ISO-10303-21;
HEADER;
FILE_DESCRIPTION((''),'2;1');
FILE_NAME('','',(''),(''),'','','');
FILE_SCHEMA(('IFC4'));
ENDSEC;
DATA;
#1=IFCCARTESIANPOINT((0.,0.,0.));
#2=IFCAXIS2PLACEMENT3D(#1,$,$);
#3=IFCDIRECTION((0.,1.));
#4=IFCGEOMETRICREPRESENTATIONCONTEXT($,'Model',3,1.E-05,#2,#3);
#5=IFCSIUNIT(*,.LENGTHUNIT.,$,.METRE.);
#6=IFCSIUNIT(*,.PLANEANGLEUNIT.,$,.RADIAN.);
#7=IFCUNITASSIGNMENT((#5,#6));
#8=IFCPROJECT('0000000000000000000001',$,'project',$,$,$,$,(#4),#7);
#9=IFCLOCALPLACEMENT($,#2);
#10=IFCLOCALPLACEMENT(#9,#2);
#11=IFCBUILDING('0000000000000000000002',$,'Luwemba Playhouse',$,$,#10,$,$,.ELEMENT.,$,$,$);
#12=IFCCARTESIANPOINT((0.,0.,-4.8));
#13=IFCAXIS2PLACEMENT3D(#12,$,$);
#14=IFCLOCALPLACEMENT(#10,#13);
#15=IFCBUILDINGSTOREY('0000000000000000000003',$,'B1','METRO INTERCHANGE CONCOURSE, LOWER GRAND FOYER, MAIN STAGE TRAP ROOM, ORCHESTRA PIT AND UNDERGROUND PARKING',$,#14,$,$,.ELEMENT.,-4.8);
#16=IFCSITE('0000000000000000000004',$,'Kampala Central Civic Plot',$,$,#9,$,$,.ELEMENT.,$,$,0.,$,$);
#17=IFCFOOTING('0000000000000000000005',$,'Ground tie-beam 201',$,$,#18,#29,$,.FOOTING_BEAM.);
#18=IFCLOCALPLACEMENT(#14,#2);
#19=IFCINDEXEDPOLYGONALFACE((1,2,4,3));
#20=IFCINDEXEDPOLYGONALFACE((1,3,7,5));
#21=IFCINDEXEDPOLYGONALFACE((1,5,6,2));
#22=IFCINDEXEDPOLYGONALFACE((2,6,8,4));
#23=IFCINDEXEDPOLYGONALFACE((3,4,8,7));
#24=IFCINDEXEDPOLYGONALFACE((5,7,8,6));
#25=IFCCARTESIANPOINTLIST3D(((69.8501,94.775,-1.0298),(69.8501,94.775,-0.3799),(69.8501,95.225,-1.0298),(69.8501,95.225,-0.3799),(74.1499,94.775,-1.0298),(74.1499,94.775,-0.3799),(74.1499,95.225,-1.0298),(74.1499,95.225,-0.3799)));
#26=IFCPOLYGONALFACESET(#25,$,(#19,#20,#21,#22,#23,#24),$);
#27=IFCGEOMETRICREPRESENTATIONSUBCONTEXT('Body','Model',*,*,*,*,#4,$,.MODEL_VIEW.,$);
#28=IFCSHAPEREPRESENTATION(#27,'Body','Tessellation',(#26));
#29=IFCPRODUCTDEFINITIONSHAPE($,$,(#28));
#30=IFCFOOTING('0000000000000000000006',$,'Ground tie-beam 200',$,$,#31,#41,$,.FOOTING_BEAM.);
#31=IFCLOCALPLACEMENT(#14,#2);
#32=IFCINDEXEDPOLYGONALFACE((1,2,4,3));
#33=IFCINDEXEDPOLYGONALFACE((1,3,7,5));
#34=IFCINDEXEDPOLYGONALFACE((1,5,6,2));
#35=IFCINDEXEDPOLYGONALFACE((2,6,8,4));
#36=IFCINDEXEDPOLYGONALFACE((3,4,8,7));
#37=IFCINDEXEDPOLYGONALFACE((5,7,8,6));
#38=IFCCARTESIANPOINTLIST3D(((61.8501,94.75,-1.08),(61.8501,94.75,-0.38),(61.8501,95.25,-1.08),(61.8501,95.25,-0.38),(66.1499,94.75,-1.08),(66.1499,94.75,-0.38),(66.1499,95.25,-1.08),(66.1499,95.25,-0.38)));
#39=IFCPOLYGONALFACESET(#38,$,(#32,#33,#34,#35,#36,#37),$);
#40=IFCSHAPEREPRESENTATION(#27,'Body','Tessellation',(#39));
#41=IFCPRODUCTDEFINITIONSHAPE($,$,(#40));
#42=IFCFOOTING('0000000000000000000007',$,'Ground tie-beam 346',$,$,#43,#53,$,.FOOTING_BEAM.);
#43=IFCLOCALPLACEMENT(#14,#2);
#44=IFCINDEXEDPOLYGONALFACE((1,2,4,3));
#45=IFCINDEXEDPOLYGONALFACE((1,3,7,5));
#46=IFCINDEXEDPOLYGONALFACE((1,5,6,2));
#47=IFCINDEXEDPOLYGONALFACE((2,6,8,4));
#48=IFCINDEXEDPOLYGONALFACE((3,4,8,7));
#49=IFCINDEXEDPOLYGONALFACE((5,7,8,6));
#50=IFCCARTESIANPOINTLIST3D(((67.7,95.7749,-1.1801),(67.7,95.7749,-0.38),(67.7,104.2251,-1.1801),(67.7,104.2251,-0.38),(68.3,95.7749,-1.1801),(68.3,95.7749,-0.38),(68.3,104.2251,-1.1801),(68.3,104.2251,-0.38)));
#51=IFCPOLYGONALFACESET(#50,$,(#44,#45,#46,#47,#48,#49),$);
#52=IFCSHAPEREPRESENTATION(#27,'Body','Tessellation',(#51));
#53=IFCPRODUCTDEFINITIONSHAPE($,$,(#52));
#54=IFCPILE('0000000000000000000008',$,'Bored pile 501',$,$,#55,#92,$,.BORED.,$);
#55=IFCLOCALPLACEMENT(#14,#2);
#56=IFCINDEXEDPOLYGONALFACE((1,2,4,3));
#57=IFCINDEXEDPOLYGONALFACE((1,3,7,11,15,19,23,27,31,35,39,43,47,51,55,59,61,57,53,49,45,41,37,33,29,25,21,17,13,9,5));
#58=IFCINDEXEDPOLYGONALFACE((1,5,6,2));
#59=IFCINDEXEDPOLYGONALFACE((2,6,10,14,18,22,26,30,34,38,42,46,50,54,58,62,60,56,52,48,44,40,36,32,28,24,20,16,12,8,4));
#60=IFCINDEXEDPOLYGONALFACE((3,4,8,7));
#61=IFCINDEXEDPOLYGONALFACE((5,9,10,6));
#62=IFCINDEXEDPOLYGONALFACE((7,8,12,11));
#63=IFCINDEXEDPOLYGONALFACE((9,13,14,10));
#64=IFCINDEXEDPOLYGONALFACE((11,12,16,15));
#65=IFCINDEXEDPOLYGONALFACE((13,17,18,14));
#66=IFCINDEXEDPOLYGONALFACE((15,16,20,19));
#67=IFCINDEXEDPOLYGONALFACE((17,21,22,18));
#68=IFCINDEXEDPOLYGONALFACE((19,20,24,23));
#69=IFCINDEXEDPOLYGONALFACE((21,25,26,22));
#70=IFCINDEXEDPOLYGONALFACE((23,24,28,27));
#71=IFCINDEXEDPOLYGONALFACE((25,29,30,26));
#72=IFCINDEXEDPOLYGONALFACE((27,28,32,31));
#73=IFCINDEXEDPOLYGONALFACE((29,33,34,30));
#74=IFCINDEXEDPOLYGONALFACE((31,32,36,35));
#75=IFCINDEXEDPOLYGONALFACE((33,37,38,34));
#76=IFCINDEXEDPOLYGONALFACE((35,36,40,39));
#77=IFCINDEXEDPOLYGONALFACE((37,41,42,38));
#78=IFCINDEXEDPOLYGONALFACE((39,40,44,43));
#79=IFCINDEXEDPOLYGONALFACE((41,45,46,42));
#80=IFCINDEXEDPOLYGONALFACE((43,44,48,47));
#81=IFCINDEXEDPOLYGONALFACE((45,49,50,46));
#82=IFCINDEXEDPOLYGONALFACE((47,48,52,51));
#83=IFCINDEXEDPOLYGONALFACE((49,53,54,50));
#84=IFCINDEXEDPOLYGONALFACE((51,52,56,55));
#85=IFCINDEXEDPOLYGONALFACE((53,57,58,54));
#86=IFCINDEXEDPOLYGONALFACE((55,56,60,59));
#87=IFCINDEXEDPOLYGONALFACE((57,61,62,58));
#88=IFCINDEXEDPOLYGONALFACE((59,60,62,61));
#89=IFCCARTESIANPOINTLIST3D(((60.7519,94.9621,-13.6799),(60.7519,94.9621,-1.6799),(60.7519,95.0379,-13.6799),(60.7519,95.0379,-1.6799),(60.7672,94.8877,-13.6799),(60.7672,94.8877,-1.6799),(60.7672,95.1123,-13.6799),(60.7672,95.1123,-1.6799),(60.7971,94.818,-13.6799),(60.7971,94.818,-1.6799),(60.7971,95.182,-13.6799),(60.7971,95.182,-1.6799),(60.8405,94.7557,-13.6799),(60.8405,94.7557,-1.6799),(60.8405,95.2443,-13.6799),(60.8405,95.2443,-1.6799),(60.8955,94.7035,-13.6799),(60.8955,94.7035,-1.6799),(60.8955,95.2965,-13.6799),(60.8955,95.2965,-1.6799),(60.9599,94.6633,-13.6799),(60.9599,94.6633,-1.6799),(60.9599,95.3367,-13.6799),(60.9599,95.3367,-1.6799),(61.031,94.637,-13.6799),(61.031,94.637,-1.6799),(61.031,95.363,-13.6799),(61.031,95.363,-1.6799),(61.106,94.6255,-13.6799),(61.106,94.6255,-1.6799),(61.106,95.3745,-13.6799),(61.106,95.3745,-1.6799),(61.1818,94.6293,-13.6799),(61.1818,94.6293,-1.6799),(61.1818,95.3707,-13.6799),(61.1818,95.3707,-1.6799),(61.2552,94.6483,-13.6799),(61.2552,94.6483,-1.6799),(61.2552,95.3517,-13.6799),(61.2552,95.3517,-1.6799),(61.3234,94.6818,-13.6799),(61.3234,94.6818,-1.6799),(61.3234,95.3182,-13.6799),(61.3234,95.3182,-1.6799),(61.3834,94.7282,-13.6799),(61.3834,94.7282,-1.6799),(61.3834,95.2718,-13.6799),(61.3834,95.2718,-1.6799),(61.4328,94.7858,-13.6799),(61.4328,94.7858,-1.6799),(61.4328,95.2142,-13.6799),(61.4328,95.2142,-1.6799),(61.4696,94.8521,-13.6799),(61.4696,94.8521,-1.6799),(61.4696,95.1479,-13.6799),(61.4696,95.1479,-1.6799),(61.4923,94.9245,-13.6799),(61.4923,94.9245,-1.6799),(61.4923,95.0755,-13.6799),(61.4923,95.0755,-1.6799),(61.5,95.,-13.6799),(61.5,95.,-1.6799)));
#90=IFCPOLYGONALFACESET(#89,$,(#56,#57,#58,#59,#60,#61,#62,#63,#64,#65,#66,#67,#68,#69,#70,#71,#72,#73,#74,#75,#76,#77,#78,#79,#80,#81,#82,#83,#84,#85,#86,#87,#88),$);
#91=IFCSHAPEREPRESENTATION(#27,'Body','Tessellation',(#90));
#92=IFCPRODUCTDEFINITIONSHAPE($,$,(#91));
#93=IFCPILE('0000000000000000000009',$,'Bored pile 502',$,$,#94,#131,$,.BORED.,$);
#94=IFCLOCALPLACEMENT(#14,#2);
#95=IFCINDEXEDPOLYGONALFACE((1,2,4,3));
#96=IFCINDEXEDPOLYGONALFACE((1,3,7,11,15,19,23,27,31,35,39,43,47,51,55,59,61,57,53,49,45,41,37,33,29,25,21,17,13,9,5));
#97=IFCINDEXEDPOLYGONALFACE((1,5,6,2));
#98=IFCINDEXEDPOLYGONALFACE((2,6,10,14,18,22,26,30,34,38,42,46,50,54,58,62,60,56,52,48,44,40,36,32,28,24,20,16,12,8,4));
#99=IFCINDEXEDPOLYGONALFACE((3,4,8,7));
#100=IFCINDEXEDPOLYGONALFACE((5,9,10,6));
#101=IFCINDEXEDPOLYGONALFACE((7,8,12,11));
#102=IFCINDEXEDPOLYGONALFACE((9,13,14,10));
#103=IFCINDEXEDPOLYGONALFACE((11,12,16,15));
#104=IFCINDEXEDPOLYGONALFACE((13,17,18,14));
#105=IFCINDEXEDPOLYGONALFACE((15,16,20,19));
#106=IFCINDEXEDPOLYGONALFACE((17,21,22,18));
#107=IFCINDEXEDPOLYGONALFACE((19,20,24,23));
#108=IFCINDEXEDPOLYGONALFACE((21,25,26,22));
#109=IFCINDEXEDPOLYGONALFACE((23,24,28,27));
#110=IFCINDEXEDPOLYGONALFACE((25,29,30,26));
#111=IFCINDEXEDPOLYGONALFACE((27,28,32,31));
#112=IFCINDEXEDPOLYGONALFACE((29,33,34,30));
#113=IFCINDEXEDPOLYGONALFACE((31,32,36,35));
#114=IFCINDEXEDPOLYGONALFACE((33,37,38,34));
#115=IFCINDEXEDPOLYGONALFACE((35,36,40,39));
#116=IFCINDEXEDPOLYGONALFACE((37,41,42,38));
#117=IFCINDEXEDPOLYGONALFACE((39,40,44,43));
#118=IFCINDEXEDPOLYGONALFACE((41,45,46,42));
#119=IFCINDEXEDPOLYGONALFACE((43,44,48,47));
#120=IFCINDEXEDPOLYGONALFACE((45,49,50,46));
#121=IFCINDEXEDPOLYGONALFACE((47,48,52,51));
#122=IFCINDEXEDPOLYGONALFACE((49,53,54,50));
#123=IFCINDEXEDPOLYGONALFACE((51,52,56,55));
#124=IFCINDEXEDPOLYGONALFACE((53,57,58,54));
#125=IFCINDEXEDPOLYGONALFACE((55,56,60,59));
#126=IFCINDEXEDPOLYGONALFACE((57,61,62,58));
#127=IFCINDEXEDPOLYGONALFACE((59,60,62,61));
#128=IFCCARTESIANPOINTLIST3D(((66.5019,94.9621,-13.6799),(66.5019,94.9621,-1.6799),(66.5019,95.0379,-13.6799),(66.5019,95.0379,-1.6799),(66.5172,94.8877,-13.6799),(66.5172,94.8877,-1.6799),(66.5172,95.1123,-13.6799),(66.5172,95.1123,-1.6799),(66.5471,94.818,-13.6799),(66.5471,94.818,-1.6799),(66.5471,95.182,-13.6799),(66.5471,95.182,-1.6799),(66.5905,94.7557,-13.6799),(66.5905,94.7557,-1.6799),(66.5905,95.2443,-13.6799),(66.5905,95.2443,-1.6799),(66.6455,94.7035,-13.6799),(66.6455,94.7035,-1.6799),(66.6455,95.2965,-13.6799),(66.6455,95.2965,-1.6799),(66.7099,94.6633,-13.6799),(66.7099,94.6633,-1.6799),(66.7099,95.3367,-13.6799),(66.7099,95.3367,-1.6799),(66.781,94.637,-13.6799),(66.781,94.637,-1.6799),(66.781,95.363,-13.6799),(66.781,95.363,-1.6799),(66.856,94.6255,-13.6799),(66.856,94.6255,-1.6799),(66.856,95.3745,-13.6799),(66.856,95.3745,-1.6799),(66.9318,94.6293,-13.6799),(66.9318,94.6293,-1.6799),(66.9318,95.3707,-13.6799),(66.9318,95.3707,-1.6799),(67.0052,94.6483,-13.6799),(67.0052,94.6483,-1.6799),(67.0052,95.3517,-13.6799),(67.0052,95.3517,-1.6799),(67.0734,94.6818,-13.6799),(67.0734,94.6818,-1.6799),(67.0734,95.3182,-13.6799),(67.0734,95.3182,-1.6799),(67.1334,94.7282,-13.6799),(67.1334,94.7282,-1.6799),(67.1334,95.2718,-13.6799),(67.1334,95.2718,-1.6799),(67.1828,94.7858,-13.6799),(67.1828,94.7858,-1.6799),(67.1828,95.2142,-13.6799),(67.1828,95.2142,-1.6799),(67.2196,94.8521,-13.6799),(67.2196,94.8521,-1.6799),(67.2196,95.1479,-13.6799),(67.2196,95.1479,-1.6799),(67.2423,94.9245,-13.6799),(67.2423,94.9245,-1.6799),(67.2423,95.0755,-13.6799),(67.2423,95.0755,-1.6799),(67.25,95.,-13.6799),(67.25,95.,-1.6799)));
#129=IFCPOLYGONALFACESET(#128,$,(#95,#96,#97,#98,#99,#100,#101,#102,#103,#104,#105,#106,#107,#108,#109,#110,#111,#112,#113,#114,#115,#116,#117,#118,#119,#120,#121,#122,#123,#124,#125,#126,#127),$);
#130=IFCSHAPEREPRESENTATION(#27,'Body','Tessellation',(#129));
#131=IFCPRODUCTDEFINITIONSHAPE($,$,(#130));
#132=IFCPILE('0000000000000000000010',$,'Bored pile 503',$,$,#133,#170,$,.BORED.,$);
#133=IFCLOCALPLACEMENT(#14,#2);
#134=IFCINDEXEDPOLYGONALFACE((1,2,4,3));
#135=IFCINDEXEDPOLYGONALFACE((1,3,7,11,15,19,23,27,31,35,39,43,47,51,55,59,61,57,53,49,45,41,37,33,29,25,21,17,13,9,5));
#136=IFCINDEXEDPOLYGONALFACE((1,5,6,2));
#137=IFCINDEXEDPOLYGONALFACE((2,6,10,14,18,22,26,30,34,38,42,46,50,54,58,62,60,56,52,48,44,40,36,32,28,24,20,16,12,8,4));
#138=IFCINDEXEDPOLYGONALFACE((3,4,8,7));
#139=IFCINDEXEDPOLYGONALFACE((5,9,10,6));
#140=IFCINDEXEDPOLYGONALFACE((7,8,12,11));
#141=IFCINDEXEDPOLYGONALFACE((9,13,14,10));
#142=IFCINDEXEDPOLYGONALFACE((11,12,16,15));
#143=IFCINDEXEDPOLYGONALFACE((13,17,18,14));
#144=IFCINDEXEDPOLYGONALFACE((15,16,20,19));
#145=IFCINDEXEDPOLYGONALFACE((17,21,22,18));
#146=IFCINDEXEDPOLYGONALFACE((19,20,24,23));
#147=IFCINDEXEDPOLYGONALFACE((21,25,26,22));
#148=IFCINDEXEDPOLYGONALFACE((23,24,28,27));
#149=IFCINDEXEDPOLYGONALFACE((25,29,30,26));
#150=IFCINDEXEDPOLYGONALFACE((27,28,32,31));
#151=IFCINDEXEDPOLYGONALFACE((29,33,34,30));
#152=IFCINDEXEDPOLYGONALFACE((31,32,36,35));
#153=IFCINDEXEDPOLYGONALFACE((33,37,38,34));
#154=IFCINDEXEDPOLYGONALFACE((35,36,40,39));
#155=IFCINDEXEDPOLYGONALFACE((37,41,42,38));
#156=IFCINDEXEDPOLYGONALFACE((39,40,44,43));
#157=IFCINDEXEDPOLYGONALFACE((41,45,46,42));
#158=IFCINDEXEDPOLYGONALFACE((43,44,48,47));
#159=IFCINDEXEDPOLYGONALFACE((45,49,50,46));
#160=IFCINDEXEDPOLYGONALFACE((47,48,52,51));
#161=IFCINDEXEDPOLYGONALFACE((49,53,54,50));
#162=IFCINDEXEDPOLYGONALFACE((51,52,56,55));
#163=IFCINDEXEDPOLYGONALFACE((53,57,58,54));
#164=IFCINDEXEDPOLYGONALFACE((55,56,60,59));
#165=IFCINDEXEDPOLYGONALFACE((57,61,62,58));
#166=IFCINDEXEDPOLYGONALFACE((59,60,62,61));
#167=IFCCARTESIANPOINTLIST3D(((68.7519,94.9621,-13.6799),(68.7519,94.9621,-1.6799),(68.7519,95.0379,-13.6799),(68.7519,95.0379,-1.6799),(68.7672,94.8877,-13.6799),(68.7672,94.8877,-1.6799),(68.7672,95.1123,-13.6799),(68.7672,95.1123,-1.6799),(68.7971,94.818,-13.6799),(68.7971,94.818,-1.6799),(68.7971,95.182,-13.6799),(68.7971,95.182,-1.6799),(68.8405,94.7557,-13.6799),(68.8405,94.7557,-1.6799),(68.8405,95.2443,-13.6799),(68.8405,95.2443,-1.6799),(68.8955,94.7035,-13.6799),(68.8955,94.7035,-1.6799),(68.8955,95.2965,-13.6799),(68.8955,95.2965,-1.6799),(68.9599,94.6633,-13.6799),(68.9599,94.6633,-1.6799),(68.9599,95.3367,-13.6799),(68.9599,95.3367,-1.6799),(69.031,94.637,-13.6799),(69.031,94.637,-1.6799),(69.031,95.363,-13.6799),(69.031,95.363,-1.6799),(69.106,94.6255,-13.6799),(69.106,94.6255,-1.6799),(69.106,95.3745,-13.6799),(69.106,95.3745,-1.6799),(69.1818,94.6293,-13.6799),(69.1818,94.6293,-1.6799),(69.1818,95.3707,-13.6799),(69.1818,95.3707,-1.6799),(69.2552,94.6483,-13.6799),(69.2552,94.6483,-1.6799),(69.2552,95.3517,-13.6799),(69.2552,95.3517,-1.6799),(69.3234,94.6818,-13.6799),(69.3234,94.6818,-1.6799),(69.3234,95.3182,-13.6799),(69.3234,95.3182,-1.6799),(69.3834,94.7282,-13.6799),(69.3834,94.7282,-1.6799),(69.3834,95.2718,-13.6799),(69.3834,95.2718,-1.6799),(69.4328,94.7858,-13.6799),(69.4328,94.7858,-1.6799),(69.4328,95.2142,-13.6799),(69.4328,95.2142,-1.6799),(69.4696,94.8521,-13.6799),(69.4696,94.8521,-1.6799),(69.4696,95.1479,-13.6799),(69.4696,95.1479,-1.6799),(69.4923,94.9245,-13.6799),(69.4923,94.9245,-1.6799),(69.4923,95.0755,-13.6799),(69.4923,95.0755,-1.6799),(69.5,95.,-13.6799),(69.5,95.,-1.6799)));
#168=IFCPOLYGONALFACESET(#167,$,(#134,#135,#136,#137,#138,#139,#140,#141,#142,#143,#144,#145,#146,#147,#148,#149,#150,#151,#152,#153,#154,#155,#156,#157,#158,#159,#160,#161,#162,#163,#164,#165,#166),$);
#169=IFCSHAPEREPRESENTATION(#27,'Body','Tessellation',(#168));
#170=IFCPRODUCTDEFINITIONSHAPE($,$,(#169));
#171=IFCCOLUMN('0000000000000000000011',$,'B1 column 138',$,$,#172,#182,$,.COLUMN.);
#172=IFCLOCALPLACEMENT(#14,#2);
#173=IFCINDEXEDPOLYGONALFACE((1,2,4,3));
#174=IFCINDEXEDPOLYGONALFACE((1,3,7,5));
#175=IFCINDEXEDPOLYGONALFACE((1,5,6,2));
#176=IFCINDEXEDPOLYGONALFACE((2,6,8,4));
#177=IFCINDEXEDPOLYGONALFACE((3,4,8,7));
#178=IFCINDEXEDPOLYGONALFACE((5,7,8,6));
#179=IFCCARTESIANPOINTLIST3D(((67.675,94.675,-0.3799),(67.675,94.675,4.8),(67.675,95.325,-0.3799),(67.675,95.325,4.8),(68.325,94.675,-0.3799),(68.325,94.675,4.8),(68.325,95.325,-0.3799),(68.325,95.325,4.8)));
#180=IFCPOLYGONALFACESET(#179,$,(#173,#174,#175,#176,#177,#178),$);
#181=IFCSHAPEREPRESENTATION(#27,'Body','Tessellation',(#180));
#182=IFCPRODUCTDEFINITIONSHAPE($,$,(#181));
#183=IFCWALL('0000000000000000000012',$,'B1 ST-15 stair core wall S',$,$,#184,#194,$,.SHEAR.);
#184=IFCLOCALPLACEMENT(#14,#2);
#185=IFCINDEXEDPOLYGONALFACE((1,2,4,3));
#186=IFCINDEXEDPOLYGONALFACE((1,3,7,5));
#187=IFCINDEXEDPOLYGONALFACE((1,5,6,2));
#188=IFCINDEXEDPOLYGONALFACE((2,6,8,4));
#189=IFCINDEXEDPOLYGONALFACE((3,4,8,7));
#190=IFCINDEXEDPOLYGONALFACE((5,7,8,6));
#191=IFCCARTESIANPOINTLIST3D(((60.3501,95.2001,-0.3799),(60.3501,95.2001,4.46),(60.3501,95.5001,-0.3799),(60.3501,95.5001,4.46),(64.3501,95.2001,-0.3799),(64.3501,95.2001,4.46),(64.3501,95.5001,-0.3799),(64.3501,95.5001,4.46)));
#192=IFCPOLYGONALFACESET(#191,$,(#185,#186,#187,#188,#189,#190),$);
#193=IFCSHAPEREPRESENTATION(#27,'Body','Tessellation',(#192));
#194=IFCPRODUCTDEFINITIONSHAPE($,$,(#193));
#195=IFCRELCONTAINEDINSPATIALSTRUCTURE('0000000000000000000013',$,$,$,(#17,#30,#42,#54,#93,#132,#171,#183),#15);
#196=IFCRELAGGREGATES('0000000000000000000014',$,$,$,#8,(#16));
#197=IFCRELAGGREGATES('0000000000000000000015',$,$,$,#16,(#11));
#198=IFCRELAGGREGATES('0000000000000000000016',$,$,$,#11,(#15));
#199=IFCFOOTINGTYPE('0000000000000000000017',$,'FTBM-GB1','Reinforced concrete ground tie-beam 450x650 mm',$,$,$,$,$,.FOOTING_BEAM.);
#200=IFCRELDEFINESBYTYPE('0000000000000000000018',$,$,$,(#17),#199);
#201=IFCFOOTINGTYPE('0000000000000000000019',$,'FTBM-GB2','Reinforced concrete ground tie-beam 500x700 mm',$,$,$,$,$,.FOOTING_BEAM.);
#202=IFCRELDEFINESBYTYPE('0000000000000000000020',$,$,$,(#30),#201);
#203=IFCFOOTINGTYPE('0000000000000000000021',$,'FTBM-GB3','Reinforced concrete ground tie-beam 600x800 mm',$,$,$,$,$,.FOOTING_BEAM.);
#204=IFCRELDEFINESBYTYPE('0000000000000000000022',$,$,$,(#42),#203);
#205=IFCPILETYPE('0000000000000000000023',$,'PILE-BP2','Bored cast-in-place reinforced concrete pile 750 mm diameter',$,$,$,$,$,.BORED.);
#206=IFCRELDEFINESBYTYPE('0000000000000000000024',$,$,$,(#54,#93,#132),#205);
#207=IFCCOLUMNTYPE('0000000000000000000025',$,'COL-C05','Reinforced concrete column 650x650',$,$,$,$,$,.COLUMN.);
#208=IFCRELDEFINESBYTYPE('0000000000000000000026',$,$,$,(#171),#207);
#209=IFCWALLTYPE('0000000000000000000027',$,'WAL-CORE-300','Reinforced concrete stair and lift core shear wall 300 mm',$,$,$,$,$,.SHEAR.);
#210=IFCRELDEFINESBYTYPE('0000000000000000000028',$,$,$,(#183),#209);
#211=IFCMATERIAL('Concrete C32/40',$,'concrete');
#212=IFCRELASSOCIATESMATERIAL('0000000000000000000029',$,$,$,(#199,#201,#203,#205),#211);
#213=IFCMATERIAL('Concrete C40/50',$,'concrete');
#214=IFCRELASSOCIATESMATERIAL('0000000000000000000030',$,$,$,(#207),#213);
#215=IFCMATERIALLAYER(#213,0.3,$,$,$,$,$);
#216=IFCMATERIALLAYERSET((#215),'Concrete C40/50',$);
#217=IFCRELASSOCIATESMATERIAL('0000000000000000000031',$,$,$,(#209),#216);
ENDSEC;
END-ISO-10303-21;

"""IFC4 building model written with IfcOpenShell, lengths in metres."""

from ifc_helpers import new_model, si_unit, direction, frame, frame_2d, origin, origin_2d, place, context, subcontext, project, spatial, rectangle, circle, extrude, material, layer, layer_set, material_profile, profile_set, type_object, element, save


model = new_model("IFC4")

# Units and contexts
model_context = context("Model", 3, precision=1e-05, world=origin(), true_north=direction((0.0, 1.0)))
body_context = subcontext(model_context, "Body", "Model", "MODEL_VIEW")
ifc_project = project(units=[si_unit("LENGTHUNIT", "METRE"), si_unit("PLANEANGLEUNIT", "RADIAN")], contexts=[model_context])

# Site, building, storey
site_placement = place(None, origin())
site = spatial("IfcSite", under=ifc_project, at=site_placement, Name="Kampala Central Civic Plot", CompositionType="ELEMENT", RefElevation=0.0)
building_placement = place(site_placement, origin())
building = spatial("IfcBuilding", under=site, at=building_placement, Name="Luwemba Playhouse", CompositionType="ELEMENT")
storey_placement = place(building_placement, frame((0.0, 0.0, -4.8)))
storey = spatial("IfcBuildingStorey", under=building, at=storey_placement, Name="B1", Description="METRO INTERCHANGE CONCOURSE, LOWER GRAND FOYER, MAIN STAGE TRAP ROOM, ORCHESTRA PIT AND UNDERGROUND PARKING", CompositionType="ELEMENT", Elevation=-4.8)

# Footings
ifc_material_1 = material(Name="Concrete C32/40", Category="concrete")
ifc_material_profile_1 = material_profile(ifc_material_1, rectangle(XDim=0.45, YDim=0.6499, at=origin_2d()))
ifc_profile_set_1 = profile_set([ifc_material_profile_1], Name="Concrete C32/40")
footing_type_1 = type_object("IfcFootingType", Name="FTBM-GB1", Description="Reinforced concrete ground tie-beam 450x650 mm", PredefinedType="FOOTING_BEAM", material=ifc_profile_set_1)
footing_1_placement = place(storey_placement, frame((69.8501, 95.0, -0.7048), z_axis=(1.0, 0.0, 0.0), x_axis=(0.0, 1.0, 0.0)))
element("IfcFooting", 1, at=footing_1_placement, inside=storey, type_object=footing_type_1, Name="Ground tie-beam 201", PredefinedType="FOOTING_BEAM", context=body_context, shape_type="SweptSolid", body=[
    extrude(rectangle(XDim=0.45, YDim=0.6499, at=origin_2d()), origin(), (0.0, 0.0, 1.0), 4.2998),
])
ifc_material_profile_2 = material_profile(ifc_material_1, rectangle(XDim=0.5, YDim=0.7, at=origin_2d()))
ifc_profile_set_2 = profile_set([ifc_material_profile_2], Name="Concrete C32/40")
footing_type_2 = type_object("IfcFootingType", Name="FTBM-GB2", Description="Reinforced concrete ground tie-beam 500x700 mm", PredefinedType="FOOTING_BEAM", material=ifc_profile_set_2)
footing_2_placement = place(storey_placement, frame((61.8501, 95.0, -0.73), z_axis=(1.0, 0.0, 0.0), x_axis=(0.0, 1.0, 0.0)))
element("IfcFooting", 2, at=footing_2_placement, inside=storey, type_object=footing_type_2, Name="Ground tie-beam 200", PredefinedType="FOOTING_BEAM", context=body_context, shape_type="SweptSolid", body=[
    extrude(rectangle(XDim=0.5, YDim=0.7, at=origin_2d()), origin(), (0.0, 0.0, 1.0), 4.2998),
])
ifc_material_profile_3 = material_profile(ifc_material_1, rectangle(XDim=0.6001, YDim=0.8, at=origin_2d()))
ifc_profile_set_3 = profile_set([ifc_material_profile_3], Name="Concrete C32/40")
footing_type_3 = type_object("IfcFootingType", Name="FTBM-GB3", Description="Reinforced concrete ground tie-beam 600x800 mm", PredefinedType="FOOTING_BEAM", material=ifc_profile_set_3)
footing_3_placement = place(storey_placement, frame((68.0, 95.7749, -0.78), z_axis=(0.0, 1.0, 0.0), x_axis=(-1.0, 0.0, 0.0)))
element("IfcFooting", 3, at=footing_3_placement, inside=storey, type_object=footing_type_3, Name="Ground tie-beam 346", PredefinedType="FOOTING_BEAM", context=body_context, shape_type="SweptSolid", body=[
    extrude(rectangle(XDim=0.6001, YDim=0.8, at=origin_2d()), origin(), (0.0, 0.0, 1.0), 8.4502),
])

# Piles
ifc_material_profile_4 = material_profile(ifc_material_1, circle(Radius=0.375, at=origin_2d()))
ifc_profile_set_4 = profile_set([ifc_material_profile_4], Name="Concrete C32/40")
pile_type = type_object("IfcPileType", Name="PILE-BP2", Description="Bored cast-in-place reinforced concrete pile 750 mm diameter", PredefinedType="BORED", material=ifc_profile_set_4)
for number, where, z_axis, x_axis, name in (
    (4, (61.125, 95.0, -1.6799), (0.0, 0.0, -1.0), (1.0, 0.0, 0.0), "Bored pile 501"),
    (5, (66.875, 95.0, -1.6799), (0.0, 0.0, -1.0), (1.0, 0.0, 0.0), "Bored pile 502"),
    (6, (69.125, 95.0, -1.6799), (0.0, 0.0, -1.0), (1.0, 0.0, 0.0), "Bored pile 503"),
):
    element("IfcPile", number, at=place(storey_placement, frame(where, z_axis=z_axis, x_axis=x_axis)), inside=storey, type_object=pile_type, Name=name, PredefinedType="BORED", context=body_context, shape_type="SweptSolid", body=[
        extrude(circle(Radius=0.375, at=origin_2d()), origin(), (0.0, 0.0, 1.0), 12.0),
    ])

# Column
ifc_material_2 = material(Name="Concrete C40/50", Category="concrete")
ifc_material_profile_5 = material_profile(ifc_material_2, rectangle(XDim=0.6499, YDim=0.6499, at=origin_2d()))
ifc_profile_set_5 = profile_set([ifc_material_profile_5], Name="Concrete C40/50")
column_type = type_object("IfcColumnType", Name="COL-C05", Description="Reinforced concrete column 650x650", PredefinedType="COLUMN", material=ifc_profile_set_5)
column_placement = place(storey_placement, frame((68.0, 95.0, -0.3799), z_axis=(0.0, 0.0, 1.0), x_axis=(1.0, 0.0, 0.0)))
element("IfcColumn", 7, at=column_placement, inside=storey, type_object=column_type, Name="B1 column 138", PredefinedType="COLUMN", context=body_context, shape_type="SweptSolid", body=[
    extrude(rectangle(XDim=0.6499, YDim=0.6499, at=origin_2d()), origin(), (0.0, 0.0, 1.0), 5.1799),
])

# Wall
ifc_layer_1 = layer(ifc_material_2, 0.3)
ifc_layer_set_1 = layer_set([ifc_layer_1], Name="Concrete C40/50")
wall_type_1 = type_object("IfcWallType", Name="WAL-CORE-300", Description="Reinforced concrete stair and lift core shear wall 300 mm", PredefinedType="SHEAR", material=ifc_layer_set_1)
wall_1_placement = place(storey_placement, frame((60.3501, 95.3501, -0.3799), z_axis=(0.0, 0.0, 1.0), x_axis=(1.0, 0.0, 0.0)))
element("IfcWall", 8, at=wall_1_placement, inside=storey, type_object=wall_type_1, Name="B1 ST-15 stair core wall S", PredefinedType="SHEAR", context=body_context, shape_type="SweptSolid", body=[
    extrude(rectangle(XDim=4.0, YDim=0.3, at=frame_2d((2.0, 0.0))), origin(), (0.0, 0.0, 1.0), 4.8398),
])

save(model, "model.ifc")
